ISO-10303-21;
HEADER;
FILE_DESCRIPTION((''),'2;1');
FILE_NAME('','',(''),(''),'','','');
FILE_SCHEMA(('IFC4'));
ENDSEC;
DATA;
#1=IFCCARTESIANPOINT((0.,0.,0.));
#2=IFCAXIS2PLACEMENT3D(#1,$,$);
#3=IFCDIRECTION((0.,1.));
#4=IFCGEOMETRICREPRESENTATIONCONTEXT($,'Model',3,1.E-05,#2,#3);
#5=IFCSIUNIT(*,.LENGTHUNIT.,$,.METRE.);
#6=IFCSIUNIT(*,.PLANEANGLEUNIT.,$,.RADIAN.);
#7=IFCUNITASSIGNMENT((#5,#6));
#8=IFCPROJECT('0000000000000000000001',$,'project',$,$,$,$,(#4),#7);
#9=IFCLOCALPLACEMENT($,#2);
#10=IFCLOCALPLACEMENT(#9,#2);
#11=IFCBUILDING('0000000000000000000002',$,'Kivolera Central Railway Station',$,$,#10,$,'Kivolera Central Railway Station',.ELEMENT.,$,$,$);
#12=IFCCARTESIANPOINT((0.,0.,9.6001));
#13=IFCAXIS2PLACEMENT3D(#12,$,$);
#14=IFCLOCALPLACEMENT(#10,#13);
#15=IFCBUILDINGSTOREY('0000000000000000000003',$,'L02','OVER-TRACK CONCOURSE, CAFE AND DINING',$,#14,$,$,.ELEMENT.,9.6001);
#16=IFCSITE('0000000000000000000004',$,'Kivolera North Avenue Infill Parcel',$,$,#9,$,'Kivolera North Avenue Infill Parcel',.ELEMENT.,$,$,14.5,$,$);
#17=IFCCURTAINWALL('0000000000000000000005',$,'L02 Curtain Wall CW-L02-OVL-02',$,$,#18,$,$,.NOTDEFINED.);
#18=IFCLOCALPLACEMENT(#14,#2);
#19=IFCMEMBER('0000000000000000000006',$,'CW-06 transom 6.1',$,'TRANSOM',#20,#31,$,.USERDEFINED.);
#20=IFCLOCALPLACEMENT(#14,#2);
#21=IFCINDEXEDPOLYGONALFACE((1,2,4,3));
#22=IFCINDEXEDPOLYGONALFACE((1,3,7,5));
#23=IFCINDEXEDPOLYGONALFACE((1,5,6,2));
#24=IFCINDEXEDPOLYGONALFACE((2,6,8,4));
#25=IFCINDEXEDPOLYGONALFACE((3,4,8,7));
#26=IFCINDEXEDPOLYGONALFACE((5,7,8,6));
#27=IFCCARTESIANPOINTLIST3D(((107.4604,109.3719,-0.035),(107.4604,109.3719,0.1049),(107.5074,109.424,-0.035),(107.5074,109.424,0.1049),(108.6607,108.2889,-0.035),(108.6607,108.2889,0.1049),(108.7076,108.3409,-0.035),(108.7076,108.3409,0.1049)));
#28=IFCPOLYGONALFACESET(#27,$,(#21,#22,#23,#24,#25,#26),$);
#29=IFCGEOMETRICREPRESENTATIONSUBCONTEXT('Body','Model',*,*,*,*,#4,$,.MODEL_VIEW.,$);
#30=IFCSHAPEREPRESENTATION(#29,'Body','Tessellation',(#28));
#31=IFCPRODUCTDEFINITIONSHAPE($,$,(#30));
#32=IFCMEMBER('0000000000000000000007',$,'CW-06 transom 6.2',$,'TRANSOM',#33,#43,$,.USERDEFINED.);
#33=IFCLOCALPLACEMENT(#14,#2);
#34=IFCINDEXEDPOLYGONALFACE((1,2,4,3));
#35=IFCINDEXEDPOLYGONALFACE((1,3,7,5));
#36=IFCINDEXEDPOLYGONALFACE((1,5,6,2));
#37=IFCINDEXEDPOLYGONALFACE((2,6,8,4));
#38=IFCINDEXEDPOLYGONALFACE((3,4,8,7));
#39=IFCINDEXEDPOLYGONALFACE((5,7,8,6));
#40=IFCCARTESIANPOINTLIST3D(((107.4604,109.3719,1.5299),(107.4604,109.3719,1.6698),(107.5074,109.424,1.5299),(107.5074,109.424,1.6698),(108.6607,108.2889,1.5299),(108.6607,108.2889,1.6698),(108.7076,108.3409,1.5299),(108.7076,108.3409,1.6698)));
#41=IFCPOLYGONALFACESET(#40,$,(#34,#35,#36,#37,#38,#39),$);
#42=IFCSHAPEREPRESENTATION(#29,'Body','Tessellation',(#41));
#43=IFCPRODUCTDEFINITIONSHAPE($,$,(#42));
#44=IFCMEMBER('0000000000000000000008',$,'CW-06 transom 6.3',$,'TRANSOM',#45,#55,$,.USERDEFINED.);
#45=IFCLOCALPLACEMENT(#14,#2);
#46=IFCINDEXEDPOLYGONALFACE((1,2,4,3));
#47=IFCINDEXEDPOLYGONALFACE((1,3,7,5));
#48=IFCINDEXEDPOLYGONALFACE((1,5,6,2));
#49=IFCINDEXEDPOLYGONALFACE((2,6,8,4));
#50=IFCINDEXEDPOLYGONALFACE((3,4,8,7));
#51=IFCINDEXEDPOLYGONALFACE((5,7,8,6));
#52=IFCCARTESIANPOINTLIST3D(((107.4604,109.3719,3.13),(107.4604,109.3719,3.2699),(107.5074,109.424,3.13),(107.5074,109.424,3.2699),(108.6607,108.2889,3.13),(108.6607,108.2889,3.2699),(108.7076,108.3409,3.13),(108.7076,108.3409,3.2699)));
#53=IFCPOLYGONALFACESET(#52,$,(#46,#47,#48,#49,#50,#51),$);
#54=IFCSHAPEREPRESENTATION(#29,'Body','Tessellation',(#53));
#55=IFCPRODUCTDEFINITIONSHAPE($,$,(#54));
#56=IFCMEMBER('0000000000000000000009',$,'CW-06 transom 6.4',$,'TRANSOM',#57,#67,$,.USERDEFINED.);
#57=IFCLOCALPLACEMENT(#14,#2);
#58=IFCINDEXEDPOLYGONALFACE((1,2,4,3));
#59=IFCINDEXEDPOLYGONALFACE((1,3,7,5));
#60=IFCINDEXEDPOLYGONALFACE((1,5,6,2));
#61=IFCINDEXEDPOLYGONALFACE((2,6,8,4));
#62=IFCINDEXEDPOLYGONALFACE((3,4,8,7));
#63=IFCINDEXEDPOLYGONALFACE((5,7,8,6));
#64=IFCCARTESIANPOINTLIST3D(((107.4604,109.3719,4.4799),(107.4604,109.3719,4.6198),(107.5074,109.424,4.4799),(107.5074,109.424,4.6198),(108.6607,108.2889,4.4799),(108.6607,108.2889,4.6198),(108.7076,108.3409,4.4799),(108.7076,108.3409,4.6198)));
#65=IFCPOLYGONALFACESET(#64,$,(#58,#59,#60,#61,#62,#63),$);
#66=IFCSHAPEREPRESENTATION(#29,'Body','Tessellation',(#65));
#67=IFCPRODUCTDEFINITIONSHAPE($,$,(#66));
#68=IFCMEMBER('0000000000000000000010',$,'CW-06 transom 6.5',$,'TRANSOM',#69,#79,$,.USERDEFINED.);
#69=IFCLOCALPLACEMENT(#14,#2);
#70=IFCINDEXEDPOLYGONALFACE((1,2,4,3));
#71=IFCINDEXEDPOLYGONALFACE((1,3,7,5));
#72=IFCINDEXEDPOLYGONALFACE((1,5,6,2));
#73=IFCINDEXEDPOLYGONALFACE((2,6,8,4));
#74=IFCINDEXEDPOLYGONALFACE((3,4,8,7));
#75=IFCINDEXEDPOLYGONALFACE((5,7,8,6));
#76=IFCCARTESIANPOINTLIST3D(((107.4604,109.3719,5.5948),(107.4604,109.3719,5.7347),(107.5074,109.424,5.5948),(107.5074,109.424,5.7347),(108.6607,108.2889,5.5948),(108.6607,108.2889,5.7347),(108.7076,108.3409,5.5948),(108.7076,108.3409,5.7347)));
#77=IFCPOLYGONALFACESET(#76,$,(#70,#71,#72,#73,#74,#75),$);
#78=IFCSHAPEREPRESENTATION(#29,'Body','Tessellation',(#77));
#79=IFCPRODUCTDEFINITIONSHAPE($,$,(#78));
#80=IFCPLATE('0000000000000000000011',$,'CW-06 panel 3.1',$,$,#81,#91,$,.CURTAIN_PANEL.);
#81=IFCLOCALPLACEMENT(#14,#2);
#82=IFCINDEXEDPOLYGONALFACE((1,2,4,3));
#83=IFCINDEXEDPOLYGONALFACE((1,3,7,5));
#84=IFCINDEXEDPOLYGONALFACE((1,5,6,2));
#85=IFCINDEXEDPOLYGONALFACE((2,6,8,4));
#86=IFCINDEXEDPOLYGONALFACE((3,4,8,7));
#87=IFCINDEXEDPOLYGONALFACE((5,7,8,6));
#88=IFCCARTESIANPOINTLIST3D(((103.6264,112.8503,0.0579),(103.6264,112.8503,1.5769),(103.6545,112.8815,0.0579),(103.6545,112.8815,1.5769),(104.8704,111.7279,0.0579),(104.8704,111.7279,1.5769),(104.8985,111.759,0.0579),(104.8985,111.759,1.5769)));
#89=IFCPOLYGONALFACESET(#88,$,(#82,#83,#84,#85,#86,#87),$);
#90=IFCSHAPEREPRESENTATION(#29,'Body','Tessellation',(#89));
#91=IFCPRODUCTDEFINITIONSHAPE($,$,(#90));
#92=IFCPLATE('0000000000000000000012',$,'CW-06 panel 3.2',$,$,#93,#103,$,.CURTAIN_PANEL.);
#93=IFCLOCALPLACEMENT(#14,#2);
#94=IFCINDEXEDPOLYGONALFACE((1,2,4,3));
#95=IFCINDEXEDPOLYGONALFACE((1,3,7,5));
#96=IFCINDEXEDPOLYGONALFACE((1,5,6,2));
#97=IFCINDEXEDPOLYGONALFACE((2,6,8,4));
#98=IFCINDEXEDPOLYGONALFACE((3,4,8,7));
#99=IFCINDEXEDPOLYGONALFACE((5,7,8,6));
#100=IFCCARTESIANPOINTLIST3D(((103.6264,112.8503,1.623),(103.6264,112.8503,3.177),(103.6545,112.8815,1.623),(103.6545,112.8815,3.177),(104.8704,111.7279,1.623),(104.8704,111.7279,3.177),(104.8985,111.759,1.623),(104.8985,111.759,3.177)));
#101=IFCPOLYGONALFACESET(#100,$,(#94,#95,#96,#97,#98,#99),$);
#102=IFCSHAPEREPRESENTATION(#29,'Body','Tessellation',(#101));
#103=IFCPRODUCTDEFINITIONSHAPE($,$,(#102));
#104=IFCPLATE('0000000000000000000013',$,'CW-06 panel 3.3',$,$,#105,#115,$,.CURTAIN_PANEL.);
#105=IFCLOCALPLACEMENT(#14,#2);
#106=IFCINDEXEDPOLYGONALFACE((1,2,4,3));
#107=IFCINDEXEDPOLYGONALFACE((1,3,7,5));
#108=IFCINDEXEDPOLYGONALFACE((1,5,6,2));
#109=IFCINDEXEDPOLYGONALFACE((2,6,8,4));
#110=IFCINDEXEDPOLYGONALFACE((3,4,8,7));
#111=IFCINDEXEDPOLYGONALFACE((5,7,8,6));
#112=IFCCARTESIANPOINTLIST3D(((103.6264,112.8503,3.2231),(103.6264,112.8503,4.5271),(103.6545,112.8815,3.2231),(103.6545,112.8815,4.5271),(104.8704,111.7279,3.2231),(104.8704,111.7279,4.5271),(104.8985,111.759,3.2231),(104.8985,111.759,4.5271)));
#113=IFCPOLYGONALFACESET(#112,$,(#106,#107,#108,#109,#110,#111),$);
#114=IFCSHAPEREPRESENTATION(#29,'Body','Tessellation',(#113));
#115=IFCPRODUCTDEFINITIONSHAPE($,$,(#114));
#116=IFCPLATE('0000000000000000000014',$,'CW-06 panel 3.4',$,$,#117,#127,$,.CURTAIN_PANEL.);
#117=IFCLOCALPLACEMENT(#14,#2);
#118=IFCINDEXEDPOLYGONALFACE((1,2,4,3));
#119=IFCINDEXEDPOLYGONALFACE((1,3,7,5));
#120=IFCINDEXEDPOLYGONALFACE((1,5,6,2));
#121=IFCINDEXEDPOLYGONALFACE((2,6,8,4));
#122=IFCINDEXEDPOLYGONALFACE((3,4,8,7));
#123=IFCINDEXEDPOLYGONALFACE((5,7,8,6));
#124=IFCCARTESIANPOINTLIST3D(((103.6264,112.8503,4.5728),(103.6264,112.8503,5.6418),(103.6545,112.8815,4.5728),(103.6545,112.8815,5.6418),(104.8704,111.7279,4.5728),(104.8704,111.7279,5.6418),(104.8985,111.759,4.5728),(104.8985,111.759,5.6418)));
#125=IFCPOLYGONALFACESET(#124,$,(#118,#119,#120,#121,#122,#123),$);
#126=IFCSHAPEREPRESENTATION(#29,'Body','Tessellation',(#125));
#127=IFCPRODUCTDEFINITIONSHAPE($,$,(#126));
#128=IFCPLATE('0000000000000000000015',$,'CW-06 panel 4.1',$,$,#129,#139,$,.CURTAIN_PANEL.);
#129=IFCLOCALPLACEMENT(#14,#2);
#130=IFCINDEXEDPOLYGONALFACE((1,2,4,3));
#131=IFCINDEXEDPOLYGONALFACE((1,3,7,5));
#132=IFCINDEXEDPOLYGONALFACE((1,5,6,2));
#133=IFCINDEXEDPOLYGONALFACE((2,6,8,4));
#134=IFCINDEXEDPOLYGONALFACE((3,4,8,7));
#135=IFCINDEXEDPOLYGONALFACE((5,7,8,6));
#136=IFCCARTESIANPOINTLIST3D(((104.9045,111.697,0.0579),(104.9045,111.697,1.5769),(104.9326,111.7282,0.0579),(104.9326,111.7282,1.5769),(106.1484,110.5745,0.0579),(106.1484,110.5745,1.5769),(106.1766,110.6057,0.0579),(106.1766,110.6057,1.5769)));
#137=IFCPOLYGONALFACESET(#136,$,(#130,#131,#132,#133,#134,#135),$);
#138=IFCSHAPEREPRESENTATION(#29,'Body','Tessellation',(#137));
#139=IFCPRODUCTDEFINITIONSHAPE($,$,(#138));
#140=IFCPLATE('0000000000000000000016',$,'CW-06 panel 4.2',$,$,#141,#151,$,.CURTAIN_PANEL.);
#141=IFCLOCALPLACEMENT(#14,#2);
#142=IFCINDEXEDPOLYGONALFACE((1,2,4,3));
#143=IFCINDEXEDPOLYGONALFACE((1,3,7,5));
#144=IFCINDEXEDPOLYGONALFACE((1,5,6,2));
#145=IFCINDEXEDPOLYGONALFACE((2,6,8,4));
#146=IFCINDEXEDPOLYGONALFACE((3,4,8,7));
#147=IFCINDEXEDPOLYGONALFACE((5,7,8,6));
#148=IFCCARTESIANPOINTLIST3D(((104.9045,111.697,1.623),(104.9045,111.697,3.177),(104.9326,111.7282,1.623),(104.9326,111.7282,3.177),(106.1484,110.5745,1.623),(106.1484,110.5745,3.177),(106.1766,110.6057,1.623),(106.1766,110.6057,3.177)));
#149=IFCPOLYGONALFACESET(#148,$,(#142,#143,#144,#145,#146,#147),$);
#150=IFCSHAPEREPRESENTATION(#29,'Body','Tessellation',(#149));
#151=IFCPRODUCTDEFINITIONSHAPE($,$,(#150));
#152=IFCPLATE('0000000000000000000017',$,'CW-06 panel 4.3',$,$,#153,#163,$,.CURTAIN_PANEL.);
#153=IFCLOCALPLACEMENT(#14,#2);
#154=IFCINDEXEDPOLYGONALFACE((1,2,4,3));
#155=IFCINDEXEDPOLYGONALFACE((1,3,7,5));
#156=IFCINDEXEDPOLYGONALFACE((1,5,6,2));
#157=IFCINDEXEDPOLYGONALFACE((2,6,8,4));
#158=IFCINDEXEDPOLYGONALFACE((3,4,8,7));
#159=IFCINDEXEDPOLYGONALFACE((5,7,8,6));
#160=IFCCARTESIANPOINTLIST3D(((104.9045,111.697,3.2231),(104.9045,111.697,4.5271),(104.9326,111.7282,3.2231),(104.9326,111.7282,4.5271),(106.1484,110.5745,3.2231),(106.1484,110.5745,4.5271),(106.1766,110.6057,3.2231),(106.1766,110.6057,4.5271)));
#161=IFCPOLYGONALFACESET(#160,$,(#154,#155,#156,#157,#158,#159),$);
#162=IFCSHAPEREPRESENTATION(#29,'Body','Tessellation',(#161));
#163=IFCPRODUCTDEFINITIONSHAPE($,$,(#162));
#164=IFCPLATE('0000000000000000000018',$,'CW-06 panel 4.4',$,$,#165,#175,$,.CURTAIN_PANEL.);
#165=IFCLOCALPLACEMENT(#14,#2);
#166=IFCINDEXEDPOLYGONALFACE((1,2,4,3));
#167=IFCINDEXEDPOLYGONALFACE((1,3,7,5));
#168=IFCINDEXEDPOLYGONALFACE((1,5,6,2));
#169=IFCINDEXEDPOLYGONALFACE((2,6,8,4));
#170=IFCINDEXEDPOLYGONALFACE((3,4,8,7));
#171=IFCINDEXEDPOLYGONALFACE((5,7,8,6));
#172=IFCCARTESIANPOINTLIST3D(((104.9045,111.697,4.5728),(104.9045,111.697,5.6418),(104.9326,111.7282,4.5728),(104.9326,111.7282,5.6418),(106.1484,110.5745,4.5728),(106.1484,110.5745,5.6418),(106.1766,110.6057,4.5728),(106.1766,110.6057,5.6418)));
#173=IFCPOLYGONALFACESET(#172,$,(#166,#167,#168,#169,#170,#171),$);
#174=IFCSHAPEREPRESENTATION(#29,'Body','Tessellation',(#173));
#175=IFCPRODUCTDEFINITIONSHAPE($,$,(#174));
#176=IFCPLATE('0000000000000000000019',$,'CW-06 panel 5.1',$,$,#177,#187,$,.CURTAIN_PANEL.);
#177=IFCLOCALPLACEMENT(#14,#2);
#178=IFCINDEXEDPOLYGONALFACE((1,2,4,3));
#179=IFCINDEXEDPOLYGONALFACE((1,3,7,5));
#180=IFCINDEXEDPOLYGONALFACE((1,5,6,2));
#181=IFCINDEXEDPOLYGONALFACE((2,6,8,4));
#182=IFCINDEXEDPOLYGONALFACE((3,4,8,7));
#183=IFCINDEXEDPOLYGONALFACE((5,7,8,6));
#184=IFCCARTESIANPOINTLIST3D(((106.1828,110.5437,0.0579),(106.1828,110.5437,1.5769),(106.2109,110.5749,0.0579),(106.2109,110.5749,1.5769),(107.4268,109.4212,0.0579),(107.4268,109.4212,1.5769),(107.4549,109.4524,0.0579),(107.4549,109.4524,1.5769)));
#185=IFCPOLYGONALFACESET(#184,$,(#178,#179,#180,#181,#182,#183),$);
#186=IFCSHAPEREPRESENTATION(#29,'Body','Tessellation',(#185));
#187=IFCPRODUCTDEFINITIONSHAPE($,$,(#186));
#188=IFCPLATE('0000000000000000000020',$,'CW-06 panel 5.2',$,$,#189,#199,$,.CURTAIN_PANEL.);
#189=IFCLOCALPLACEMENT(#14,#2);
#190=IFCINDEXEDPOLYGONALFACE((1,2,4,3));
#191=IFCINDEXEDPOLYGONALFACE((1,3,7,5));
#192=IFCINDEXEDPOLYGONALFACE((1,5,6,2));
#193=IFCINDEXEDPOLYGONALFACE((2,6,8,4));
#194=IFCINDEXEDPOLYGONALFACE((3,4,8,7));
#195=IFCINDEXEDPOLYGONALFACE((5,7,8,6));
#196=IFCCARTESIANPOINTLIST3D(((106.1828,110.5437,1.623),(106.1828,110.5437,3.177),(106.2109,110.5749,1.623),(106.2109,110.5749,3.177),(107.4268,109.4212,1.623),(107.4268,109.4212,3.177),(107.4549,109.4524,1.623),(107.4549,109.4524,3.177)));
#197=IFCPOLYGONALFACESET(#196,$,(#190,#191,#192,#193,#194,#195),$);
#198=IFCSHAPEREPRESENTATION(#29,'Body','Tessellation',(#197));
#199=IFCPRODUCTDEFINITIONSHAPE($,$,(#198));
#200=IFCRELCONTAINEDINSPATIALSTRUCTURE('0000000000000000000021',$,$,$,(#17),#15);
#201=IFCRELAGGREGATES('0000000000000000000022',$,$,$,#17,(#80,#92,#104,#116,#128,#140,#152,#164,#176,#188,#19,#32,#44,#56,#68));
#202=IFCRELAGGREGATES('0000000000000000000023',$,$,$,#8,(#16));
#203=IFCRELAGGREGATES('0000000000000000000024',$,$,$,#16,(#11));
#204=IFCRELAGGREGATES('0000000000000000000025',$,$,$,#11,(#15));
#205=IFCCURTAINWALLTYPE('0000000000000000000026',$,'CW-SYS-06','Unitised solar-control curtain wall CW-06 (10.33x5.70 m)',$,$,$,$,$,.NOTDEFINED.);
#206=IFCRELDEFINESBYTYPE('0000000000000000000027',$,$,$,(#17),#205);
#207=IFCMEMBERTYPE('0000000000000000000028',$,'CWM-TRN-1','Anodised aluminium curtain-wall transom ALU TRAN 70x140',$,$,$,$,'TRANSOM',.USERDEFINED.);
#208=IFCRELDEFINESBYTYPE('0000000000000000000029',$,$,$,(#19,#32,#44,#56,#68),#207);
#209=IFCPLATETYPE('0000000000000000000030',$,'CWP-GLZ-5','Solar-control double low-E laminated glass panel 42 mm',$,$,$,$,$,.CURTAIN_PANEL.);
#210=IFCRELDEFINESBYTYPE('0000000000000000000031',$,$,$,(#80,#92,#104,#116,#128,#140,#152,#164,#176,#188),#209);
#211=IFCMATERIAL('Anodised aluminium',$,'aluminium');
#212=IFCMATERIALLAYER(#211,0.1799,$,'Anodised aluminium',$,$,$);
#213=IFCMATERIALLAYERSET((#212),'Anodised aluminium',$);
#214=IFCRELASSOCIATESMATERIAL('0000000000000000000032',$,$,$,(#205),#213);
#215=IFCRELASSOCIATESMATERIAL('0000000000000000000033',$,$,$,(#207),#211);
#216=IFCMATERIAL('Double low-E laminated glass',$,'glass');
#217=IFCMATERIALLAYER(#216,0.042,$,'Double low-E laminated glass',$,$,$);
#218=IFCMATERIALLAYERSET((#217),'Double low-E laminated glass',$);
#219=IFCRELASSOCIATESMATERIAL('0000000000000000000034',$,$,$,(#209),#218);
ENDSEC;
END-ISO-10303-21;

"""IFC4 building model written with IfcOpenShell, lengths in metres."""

from ifc_helpers import new_model, si_unit, direction, frame, origin, origin_2d, place, context, subcontext, project, spatial, rectangle, extrude, material, layer, layer_set, material_profile, profile_set, type_object, element, aggregate, save


model = new_model("IFC4")

# Units and contexts
model_context = context("Model", 3, precision=1e-05, world=origin(), true_north=direction((0.0, 1.0)))
body_context = subcontext(model_context, "Body", "Model", "MODEL_VIEW")
ifc_project = project(units=[si_unit("LENGTHUNIT", "METRE"), si_unit("PLANEANGLEUNIT", "RADIAN")], contexts=[model_context])

# Site, building, storey
site_placement = place(None, origin())
site = spatial("IfcSite", under=ifc_project, at=site_placement, Name="Kivolera North Avenue Infill Parcel", LongName="Kivolera North Avenue Infill Parcel", CompositionType="ELEMENT", RefElevation=14.5)
building_placement = place(site_placement, origin())
building = spatial("IfcBuilding", under=site, at=building_placement, Name="Kivolera Central Railway Station", LongName="Kivolera Central Railway Station", CompositionType="ELEMENT")
storey_placement = place(building_placement, frame((0.0, 0.0, 9.6001)))
storey = spatial("IfcBuildingStorey", under=building, at=storey_placement, Name="L02", Description="OVER-TRACK CONCOURSE, CAFE AND DINING", CompositionType="ELEMENT", Elevation=9.6001)

# Curtain wall, members, plates
ifc_material_1 = material(Name="Anodised aluminium", Category="aluminium")
ifc_layer_1 = layer(ifc_material_1, 0.1799, Name="Anodised aluminium")
ifc_layer_set_1 = layer_set([ifc_layer_1], Name="Anodised aluminium")
curtain_wall_type = type_object("IfcCurtainWallType", Name="CW-SYS-06", Description="Unitised solar-control curtain wall CW-06 (10.33x5.70 m)", PredefinedType="NOTDEFINED", material=ifc_layer_set_1)
curtain_wall_placement = place(storey_placement, origin())
curtain_wall = element("IfcCurtainWall", 1, at=curtain_wall_placement, inside=storey, type_object=curtain_wall_type, Name="L02 Curtain Wall CW-L02-OVL-02", PredefinedType="NOTDEFINED")
ifc_material_profile_1 = material_profile(ifc_material_1, rectangle(XDim=0.0701, YDim=0.1399, at=origin_2d()), Name="ALU TRAN 70x140")
ifc_profile_set_1 = profile_set([ifc_material_profile_1], Name="Anodised aluminium")
member_type_1 = type_object("IfcMemberType", Name="CWM-TRN-1", Description="Anodised aluminium curtain-wall transom ALU TRAN 70x140", ElementType="TRANSOM", PredefinedType="USERDEFINED", material=ifc_profile_set_1)
member_1_placement = place(storey_placement, frame((107.4839, 109.3979, 0.0349), z_axis=(0.742422, -0.669932, 0.0), x_axis=(0.669932, 0.742422, 0.0)))
member_1 = element("IfcMember", 2, at=member_1_placement, type_object=member_type_1, Name="CW-06 transom 6.1", ObjectType="TRANSOM", PredefinedType="USERDEFINED", context=body_context, shape_type="SweptSolid", body=[
    extrude(rectangle(XDim=0.0701, YDim=0.1399, at=origin_2d()), origin(), (0.0, 0.0, 1.0), 1.6167),
])
member_2_placement = place(storey_placement, frame((107.4839, 109.3979, 1.5999), z_axis=(0.742422, -0.669932, 0.0), x_axis=(0.669932, 0.742422, 0.0)))
member_2 = element("IfcMember", 3, at=member_2_placement, type_object=member_type_1, Name="CW-06 transom 6.2", ObjectType="TRANSOM", PredefinedType="USERDEFINED", context=body_context, shape_type="SweptSolid", body=[
    extrude(rectangle(XDim=0.0701, YDim=0.1399, at=origin_2d()), origin(), (0.0, 0.0, 1.0), 1.6167),
])
member_3_placement = place(storey_placement, frame((107.4839, 109.3979, 3.2), z_axis=(0.742422, -0.669932, 0.0), x_axis=(0.669932, 0.742422, 0.0)))
member_3 = element("IfcMember", 4, at=member_3_placement, type_object=member_type_1, Name="CW-06 transom 6.3", ObjectType="TRANSOM", PredefinedType="USERDEFINED", context=body_context, shape_type="SweptSolid", body=[
    extrude(rectangle(XDim=0.0701, YDim=0.1399, at=origin_2d()), origin(), (0.0, 0.0, 1.0), 1.6167),
])
member_4_placement = place(storey_placement, frame((107.4839, 109.3979, 4.5498), z_axis=(0.742422, -0.669932, 0.0), x_axis=(0.669932, 0.742422, 0.0)))
member_4 = element("IfcMember", 5, at=member_4_placement, type_object=member_type_1, Name="CW-06 transom 6.4", ObjectType="TRANSOM", PredefinedType="USERDEFINED", context=body_context, shape_type="SweptSolid", body=[
    extrude(rectangle(XDim=0.0701, YDim=0.1399, at=origin_2d()), origin(), (0.0, 0.0, 1.0), 1.6167),
])
member_5_placement = place(storey_placement, frame((107.4839, 109.3979, 5.6648), z_axis=(0.742422, -0.669932, 0.0), x_axis=(0.669932, 0.742422, 0.0)))
member_5 = element("IfcMember", 6, at=member_5_placement, type_object=member_type_1, Name="CW-06 transom 6.5", ObjectType="TRANSOM", PredefinedType="USERDEFINED", context=body_context, shape_type="SweptSolid", body=[
    extrude(rectangle(XDim=0.0701, YDim=0.1399, at=origin_2d()), origin(), (0.0, 0.0, 1.0), 1.6167),
])
ifc_material_2 = material(Name="Double low-E laminated glass", Category="glass")
ifc_layer_2 = layer(ifc_material_2, 0.042, Name="Double low-E laminated glass")
ifc_layer_set_2 = layer_set([ifc_layer_2], Name="Double low-E laminated glass")
plate_type = type_object("IfcPlateType", Name="CWP-GLZ-5", Description="Solar-control double low-E laminated glass panel 42 mm", PredefinedType="CURTAIN_PANEL", material=ifc_layer_set_2)
plate_1_placement = place(storey_placement, frame((104.2625, 112.3047, 0.0579), z_axis=(0.0, 0.0, 1.0), x_axis=(0.742432, -0.669922, 0.0)))
plate_1 = element("IfcPlate", 7, at=plate_1_placement, type_object=plate_type, Name="CW-06 panel 3.1", PredefinedType="CURTAIN_PANEL", context=body_context, shape_type="SweptSolid", body=[
    extrude(rectangle(XDim=1.6755, YDim=0.042, at=origin_2d()), origin(), (0.0, 0.0, 1.0), 1.519),
])
plate_2_placement = place(storey_placement, frame((104.2625, 112.3047, 1.623), z_axis=(0.0, 0.0, 1.0), x_axis=(0.742432, -0.669922, 0.0)))
plate_2 = element("IfcPlate", 8, at=plate_2_placement, type_object=plate_type, Name="CW-06 panel 3.2", PredefinedType="CURTAIN_PANEL", context=body_context, shape_type="SweptSolid", body=[
    extrude(rectangle(XDim=1.6755, YDim=0.042, at=origin_2d()), origin(), (0.0, 0.0, 1.0), 1.554),
])
plate_3_placement = place(storey_placement, frame((104.2625, 112.3047, 3.2231), z_axis=(0.0, 0.0, 1.0), x_axis=(0.742432, -0.669922, 0.0)))
plate_3 = element("IfcPlate", 9, at=plate_3_placement, type_object=plate_type, Name="CW-06 panel 3.3", PredefinedType="CURTAIN_PANEL", context=body_context, shape_type="SweptSolid", body=[
    extrude(rectangle(XDim=1.6755, YDim=0.042, at=origin_2d()), origin(), (0.0, 0.0, 1.0), 1.304),
])
plate_4_placement = place(storey_placement, frame((104.2625, 112.3047, 4.5728), z_axis=(0.0, 0.0, 1.0), x_axis=(0.742432, -0.669922, 0.0)))
plate_4 = element("IfcPlate", 10, at=plate_4_placement, type_object=plate_type, Name="CW-06 panel 3.4", PredefinedType="CURTAIN_PANEL", context=body_context, shape_type="SweptSolid", body=[
    extrude(rectangle(XDim=1.6755, YDim=0.042, at=origin_2d()), origin(), (0.0, 0.0, 1.0), 1.0691),
])
plate_5_placement = place(storey_placement, frame((105.5405, 111.1514, 0.0579), z_axis=(0.0, 0.0, 1.0), x_axis=(0.742432, -0.669922, 0.0)))
plate_5 = element("IfcPlate", 11, at=plate_5_placement, type_object=plate_type, Name="CW-06 panel 4.1", PredefinedType="CURTAIN_PANEL", context=body_context, shape_type="SweptSolid", body=[
    extrude(rectangle(XDim=1.6755, YDim=0.042, at=origin_2d()), origin(), (0.0, 0.0, 1.0), 1.519),
])
plate_6_placement = place(storey_placement, frame((105.5405, 111.1514, 1.623), z_axis=(0.0, 0.0, 1.0), x_axis=(0.742432, -0.669922, 0.0)))
plate_6 = element("IfcPlate", 12, at=plate_6_placement, type_object=plate_type, Name="CW-06 panel 4.2", PredefinedType="CURTAIN_PANEL", context=body_context, shape_type="SweptSolid", body=[
    extrude(rectangle(XDim=1.6755, YDim=0.042, at=origin_2d()), origin(), (0.0, 0.0, 1.0), 1.554),
])
plate_7_placement = place(storey_placement, frame((105.5405, 111.1514, 3.2231), z_axis=(0.0, 0.0, 1.0), x_axis=(0.742432, -0.669922, 0.0)))
plate_7 = element("IfcPlate", 13, at=plate_7_placement, type_object=plate_type, Name="CW-06 panel 4.3", PredefinedType="CURTAIN_PANEL", context=body_context, shape_type="SweptSolid", body=[
    extrude(rectangle(XDim=1.6755, YDim=0.042, at=origin_2d()), origin(), (0.0, 0.0, 1.0), 1.304),
])
plate_8_placement = place(storey_placement, frame((105.5405, 111.1514, 4.5728), z_axis=(0.0, 0.0, 1.0), x_axis=(0.742432, -0.669922, 0.0)))
plate_8 = element("IfcPlate", 14, at=plate_8_placement, type_object=plate_type, Name="CW-06 panel 4.4", PredefinedType="CURTAIN_PANEL", context=body_context, shape_type="SweptSolid", body=[
    extrude(rectangle(XDim=1.6755, YDim=0.042, at=origin_2d()), origin(), (0.0, 0.0, 1.0), 1.0691),
])
plate_9_placement = place(storey_placement, frame((106.8188, 109.998, 0.0579), z_axis=(0.0, 0.0, 1.0), x_axis=(0.742432, -0.669922, 0.0)))
plate_9 = element("IfcPlate", 15, at=plate_9_placement, type_object=plate_type, Name="CW-06 panel 5.1", PredefinedType="CURTAIN_PANEL", context=body_context, shape_type="SweptSolid", body=[
    extrude(rectangle(XDim=1.6755, YDim=0.042, at=origin_2d()), origin(), (0.0, 0.0, 1.0), 1.519),
])
plate_10_placement = place(storey_placement, frame((106.8188, 109.998, 1.623), z_axis=(0.0, 0.0, 1.0), x_axis=(0.742432, -0.669922, 0.0)))
plate_10 = element("IfcPlate", 16, at=plate_10_placement, type_object=plate_type, Name="CW-06 panel 5.2", PredefinedType="CURTAIN_PANEL", context=body_context, shape_type="SweptSolid", body=[
    extrude(rectangle(XDim=1.6755, YDim=0.042, at=origin_2d()), origin(), (0.0, 0.0, 1.0), 1.554),
])
aggregate(curtain_wall, [plate_1, plate_2, plate_3, plate_4, plate_5, plate_6, plate_7, plate_8, plate_9, plate_10, member_1, member_2, member_3, member_4, member_5])

save(model, "model.ifc")
